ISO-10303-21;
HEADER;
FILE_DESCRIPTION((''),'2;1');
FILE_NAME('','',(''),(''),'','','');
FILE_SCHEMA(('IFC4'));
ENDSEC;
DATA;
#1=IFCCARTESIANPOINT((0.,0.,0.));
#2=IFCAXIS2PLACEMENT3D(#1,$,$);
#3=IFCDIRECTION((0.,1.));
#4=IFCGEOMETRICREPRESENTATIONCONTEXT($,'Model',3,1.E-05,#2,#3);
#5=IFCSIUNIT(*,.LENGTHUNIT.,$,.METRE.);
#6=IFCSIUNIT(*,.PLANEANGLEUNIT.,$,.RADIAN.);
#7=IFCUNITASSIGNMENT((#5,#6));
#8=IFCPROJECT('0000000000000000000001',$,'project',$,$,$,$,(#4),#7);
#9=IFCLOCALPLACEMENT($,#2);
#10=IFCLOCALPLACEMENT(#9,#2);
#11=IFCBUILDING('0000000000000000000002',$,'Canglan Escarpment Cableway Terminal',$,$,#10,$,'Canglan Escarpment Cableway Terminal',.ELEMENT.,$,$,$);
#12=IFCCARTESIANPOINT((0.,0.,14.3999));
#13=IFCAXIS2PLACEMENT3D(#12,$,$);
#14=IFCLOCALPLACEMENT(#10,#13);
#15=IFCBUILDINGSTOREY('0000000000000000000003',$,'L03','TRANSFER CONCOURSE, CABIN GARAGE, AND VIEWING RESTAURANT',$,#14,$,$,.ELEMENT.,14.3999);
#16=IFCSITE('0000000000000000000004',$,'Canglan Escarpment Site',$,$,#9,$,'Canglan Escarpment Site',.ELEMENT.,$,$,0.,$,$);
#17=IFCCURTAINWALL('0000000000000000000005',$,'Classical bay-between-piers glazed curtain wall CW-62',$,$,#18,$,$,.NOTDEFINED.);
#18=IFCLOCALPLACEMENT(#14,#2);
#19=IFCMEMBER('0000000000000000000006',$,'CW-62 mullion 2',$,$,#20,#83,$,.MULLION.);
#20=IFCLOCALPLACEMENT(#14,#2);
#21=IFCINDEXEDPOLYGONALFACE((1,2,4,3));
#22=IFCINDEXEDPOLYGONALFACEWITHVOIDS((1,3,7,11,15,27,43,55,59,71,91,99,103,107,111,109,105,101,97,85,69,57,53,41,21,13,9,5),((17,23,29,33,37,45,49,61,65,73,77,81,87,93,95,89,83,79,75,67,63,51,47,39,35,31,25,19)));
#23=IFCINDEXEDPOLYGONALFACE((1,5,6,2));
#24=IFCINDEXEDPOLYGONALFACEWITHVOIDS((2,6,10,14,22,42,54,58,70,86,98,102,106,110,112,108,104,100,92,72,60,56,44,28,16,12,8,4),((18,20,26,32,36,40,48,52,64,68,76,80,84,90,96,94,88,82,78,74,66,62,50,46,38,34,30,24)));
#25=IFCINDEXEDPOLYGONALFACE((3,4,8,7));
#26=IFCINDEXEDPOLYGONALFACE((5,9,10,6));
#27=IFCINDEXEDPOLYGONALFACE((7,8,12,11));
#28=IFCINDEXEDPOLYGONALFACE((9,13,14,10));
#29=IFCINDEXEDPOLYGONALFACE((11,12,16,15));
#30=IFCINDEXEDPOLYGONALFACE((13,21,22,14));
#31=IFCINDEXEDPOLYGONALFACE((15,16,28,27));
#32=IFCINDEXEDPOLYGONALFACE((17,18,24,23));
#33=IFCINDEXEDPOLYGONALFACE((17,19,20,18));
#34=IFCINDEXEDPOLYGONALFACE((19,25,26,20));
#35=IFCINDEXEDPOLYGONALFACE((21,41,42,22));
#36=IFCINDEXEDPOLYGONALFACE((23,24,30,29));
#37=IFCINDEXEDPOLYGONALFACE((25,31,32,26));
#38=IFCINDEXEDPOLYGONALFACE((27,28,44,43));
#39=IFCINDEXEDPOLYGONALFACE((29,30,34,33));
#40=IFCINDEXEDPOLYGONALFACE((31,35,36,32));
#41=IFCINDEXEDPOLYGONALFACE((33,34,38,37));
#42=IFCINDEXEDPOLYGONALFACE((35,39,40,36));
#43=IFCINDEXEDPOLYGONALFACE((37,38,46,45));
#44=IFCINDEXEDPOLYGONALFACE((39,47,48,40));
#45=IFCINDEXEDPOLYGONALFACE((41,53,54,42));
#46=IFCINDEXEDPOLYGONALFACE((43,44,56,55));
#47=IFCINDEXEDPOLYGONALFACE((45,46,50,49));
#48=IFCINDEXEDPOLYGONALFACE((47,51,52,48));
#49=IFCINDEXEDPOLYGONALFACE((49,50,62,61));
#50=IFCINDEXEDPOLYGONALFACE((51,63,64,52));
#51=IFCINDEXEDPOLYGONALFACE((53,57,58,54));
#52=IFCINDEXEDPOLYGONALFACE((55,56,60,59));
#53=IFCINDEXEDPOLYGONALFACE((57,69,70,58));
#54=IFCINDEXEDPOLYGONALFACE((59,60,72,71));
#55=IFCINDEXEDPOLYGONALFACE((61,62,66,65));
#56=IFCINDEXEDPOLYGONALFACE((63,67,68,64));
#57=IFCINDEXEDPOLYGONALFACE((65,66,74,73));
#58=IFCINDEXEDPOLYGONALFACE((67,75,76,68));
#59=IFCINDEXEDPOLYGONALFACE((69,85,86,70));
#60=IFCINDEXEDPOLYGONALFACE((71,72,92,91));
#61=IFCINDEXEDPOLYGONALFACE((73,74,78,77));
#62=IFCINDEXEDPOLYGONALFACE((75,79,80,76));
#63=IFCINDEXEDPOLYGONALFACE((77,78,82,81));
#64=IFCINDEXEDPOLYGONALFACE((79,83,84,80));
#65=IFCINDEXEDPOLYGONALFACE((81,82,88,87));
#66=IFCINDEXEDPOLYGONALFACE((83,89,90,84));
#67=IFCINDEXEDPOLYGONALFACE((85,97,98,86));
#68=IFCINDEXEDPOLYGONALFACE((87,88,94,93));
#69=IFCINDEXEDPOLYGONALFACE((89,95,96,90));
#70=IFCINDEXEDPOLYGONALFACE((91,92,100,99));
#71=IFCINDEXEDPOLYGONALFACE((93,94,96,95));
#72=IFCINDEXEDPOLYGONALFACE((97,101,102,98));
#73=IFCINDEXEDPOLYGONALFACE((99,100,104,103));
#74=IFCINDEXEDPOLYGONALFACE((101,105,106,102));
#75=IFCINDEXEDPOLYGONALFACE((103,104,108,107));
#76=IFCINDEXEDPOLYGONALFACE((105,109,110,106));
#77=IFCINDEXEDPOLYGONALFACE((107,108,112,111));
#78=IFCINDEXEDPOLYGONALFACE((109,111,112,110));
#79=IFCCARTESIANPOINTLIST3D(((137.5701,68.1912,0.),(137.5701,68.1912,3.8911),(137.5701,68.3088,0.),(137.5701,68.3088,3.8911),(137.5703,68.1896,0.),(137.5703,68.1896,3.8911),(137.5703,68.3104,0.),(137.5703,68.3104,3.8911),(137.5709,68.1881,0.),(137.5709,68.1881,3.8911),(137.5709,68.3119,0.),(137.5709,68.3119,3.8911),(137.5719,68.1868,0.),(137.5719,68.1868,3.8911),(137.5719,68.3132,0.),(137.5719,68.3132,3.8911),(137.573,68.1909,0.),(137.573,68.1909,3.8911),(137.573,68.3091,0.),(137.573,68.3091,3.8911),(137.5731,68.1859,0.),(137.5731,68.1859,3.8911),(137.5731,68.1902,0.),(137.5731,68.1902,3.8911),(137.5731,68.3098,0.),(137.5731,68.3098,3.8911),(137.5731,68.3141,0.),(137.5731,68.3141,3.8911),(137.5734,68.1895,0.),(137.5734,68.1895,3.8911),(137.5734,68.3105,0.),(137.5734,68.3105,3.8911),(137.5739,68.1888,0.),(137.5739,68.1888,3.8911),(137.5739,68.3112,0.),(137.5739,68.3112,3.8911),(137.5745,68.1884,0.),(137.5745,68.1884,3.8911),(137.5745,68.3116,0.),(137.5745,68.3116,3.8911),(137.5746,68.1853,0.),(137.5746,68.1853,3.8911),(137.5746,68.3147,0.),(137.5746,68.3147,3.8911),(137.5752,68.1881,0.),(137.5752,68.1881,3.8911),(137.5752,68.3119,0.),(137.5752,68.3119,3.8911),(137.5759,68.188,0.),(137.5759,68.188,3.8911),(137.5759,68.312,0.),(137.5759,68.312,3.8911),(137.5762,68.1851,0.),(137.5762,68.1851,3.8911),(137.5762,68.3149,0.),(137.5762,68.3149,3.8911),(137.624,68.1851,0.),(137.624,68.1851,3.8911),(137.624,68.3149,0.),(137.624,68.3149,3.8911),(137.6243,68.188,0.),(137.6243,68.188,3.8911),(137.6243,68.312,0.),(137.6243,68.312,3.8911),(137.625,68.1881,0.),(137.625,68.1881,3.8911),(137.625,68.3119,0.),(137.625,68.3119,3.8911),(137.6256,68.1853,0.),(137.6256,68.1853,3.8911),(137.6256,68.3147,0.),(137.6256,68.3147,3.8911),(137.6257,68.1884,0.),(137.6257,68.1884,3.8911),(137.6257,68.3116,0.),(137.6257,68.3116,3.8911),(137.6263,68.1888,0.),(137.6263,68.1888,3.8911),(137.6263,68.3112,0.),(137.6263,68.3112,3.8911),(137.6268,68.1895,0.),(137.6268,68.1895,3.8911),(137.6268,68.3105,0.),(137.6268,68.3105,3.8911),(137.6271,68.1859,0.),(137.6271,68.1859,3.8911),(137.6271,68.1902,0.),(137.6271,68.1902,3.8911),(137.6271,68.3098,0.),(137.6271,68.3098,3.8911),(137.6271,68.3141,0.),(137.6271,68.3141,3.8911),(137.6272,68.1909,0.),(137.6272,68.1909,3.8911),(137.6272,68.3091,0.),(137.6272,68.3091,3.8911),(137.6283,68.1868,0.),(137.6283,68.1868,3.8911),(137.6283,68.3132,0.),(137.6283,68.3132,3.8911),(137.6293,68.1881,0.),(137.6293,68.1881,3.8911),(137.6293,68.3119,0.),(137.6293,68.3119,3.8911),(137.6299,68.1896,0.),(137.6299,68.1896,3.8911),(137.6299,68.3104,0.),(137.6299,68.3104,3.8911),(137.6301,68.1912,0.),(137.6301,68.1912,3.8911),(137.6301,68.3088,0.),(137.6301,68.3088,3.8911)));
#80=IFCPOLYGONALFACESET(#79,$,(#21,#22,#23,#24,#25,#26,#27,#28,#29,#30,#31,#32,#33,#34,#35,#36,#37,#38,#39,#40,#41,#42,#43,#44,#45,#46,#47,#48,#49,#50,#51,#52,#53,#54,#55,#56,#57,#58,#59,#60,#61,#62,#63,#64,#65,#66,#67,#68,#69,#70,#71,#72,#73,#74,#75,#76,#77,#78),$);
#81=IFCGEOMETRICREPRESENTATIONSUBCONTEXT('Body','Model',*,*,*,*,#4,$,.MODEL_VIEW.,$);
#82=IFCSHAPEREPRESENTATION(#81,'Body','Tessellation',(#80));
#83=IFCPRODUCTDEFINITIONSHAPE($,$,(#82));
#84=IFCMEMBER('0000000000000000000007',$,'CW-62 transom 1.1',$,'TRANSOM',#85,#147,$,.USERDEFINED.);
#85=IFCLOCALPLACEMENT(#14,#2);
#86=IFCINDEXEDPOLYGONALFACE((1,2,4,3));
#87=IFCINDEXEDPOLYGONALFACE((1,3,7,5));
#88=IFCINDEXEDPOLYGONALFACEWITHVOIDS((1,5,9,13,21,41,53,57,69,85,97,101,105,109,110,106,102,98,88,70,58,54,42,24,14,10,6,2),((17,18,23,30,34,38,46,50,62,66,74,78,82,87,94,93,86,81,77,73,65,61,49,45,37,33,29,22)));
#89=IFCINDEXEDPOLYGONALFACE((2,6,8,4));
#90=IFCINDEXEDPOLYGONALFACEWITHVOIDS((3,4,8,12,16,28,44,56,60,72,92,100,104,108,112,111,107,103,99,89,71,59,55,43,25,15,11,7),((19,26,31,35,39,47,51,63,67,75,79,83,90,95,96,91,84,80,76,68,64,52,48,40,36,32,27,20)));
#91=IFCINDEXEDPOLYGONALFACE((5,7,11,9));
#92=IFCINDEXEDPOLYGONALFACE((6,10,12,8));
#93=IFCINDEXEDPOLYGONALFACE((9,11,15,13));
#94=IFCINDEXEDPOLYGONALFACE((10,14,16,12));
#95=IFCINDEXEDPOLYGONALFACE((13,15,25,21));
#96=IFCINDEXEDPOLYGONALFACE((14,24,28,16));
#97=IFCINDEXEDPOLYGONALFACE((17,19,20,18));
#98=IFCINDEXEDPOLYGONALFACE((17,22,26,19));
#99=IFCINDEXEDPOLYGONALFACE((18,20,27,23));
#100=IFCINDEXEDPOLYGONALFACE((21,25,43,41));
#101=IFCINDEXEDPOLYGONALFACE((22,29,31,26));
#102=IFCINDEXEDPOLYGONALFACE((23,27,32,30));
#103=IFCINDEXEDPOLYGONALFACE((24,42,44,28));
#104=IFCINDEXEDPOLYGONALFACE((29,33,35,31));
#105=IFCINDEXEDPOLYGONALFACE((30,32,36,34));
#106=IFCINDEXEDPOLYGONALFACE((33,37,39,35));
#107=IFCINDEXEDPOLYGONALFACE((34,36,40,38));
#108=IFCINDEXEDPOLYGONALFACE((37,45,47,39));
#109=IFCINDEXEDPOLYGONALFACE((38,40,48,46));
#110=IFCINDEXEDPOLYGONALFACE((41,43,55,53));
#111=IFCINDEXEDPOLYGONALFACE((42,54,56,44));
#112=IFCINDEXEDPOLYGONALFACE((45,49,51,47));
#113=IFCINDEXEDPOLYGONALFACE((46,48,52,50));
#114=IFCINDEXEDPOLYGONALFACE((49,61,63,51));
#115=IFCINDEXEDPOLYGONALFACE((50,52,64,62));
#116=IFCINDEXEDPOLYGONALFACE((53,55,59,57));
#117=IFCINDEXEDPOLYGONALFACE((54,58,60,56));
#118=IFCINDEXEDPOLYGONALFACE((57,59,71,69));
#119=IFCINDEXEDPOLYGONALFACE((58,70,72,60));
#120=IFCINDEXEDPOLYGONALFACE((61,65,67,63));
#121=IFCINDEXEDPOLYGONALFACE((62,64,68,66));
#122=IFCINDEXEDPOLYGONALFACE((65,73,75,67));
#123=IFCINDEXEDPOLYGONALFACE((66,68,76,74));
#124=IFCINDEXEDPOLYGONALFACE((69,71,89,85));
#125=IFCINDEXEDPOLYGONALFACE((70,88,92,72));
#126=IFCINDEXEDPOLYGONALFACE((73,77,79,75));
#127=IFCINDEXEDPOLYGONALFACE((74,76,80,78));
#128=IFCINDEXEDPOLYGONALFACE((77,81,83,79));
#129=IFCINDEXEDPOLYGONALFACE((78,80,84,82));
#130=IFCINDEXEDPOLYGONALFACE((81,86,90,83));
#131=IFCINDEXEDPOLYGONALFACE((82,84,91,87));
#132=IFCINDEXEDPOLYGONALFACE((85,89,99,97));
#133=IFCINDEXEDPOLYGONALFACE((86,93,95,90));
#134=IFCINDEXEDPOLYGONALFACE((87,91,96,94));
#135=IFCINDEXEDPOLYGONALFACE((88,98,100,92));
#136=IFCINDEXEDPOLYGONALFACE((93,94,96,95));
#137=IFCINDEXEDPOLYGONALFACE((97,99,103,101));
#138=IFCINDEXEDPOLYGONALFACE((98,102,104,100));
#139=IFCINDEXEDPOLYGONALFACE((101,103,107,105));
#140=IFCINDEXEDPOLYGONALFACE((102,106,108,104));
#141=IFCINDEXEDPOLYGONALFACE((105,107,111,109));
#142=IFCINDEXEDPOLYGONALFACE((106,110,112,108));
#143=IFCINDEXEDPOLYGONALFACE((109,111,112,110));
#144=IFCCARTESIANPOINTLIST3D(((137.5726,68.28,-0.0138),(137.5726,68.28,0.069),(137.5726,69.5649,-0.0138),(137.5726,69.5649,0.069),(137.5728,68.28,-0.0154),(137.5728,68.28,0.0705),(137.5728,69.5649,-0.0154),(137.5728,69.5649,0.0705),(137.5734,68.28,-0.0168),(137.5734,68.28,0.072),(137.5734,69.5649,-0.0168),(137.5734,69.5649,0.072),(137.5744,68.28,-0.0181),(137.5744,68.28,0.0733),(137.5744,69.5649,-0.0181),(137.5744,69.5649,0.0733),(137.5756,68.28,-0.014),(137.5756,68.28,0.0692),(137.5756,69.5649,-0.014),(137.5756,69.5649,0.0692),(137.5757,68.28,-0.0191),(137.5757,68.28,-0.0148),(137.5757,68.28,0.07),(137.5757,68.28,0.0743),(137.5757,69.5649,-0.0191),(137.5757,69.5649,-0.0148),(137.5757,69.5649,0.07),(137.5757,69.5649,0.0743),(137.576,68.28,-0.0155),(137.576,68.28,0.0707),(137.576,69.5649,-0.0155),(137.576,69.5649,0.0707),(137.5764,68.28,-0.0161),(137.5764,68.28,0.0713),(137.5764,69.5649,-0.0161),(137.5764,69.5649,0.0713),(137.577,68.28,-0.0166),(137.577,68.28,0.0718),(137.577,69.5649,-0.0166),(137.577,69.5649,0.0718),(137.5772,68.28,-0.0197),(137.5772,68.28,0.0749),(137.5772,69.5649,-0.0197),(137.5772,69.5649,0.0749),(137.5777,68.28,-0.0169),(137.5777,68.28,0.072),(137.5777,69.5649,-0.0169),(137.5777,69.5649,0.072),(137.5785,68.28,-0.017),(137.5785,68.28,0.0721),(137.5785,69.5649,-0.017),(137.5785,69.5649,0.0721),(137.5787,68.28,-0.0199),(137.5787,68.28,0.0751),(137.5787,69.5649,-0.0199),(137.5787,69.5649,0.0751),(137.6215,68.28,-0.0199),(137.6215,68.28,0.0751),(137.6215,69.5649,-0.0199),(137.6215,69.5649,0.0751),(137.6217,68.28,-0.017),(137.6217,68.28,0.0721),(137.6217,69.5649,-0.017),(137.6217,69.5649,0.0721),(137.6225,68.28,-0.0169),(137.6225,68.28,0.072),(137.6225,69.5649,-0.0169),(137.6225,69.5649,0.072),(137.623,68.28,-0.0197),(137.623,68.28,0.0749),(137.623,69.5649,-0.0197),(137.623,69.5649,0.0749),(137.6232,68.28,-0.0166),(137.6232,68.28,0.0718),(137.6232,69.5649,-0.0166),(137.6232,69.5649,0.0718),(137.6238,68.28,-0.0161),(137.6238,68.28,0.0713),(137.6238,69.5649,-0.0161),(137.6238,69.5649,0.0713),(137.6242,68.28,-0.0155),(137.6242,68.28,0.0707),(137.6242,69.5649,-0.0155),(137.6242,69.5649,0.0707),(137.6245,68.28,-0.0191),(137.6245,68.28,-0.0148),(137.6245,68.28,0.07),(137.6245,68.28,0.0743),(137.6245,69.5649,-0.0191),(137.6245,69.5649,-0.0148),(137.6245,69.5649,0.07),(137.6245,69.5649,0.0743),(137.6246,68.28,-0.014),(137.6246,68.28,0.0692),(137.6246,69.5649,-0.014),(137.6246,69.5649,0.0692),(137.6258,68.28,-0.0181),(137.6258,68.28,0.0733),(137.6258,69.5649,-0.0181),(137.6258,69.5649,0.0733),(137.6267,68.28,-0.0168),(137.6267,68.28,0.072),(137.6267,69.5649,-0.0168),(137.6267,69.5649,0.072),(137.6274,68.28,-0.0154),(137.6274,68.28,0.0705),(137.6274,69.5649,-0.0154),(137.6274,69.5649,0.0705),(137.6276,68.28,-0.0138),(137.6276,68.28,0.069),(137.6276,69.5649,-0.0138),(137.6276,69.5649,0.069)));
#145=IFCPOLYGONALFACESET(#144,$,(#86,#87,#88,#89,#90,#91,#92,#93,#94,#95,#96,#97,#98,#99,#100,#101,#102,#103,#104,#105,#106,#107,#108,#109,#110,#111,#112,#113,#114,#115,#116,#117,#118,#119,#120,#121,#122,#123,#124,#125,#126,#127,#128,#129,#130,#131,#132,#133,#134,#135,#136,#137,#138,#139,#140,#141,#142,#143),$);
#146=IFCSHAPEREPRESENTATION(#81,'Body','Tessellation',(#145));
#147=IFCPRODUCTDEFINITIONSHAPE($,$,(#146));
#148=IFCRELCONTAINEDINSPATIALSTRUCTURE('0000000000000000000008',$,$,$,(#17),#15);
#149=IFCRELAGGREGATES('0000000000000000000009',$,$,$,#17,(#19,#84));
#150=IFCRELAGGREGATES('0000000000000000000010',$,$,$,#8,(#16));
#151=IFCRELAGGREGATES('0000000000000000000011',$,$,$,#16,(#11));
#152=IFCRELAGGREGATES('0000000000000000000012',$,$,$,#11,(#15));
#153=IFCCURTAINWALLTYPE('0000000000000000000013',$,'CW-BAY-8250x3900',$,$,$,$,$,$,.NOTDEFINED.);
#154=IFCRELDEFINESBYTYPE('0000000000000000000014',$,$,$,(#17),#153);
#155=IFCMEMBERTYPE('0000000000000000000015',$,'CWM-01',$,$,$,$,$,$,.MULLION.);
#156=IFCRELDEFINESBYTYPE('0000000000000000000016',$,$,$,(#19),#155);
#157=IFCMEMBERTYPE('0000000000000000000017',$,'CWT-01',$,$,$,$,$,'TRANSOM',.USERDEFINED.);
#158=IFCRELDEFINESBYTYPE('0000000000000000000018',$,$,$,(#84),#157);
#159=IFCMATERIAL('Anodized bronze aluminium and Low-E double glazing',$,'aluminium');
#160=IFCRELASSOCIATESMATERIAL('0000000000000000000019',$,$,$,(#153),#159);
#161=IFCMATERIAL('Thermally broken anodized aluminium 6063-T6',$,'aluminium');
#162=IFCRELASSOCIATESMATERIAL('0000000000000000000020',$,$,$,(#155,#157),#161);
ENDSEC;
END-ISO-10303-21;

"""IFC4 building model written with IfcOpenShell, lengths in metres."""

from ifc_helpers import new_model, si_unit, direction, frame, origin, origin_2d, place, context, subcontext, project, spatial, hollow_rectangle, extrude, material, material_profile, profile_set, type_object, element, aggregate, save


model = new_model("IFC4")

# Units and contexts
model_context = context("Model", 3, precision=1e-05, world=origin(), true_north=direction((0.0, 1.0)))
body_context = subcontext(model_context, "Body", "Model", "MODEL_VIEW")
ifc_project = project(units=[si_unit("LENGTHUNIT", "METRE"), si_unit("PLANEANGLEUNIT", "RADIAN")], contexts=[model_context])

# Site, building, storey
site_placement = place(None, origin())
site = spatial("IfcSite", under=ifc_project, at=site_placement, Name="Canglan Escarpment Site", LongName="Canglan Escarpment Site", CompositionType="ELEMENT", RefElevation=0.0)
building_placement = place(site_placement, origin())
building = spatial("IfcBuilding", under=site, at=building_placement, Name="Canglan Escarpment Cableway Terminal", LongName="Canglan Escarpment Cableway Terminal", CompositionType="ELEMENT")
storey_placement = place(building_placement, frame((0.0, 0.0, 14.3999)))
storey = spatial("IfcBuildingStorey", under=building, at=storey_placement, Name="L03", Description="TRANSFER CONCOURSE, CABIN GARAGE, AND VIEWING RESTAURANT", CompositionType="ELEMENT", Elevation=14.3999)

# Curtain wall, members
ifc_material_1 = material(Name="Anodized bronze aluminium and Low-E double glazing", Category="aluminium")
curtain_wall_type = type_object("IfcCurtainWallType", Name="CW-BAY-8250x3900", PredefinedType="NOTDEFINED", material=ifc_material_1)
curtain_wall_placement = place(storey_placement, origin())
curtain_wall = element("IfcCurtainWall", 1, at=curtain_wall_placement, inside=storey, type_object=curtain_wall_type, Name="Classical bay-between-piers glazed curtain wall CW-62", PredefinedType="NOTDEFINED")
ifc_material_2 = material(Name="Thermally broken anodized aluminium 6063-T6", Category="aluminium")
ifc_material_profile_1 = material_profile(ifc_material_2, hollow_rectangle(XDim=0.0601, YDim=0.1299, WallThickness=0.0029, InnerFilletRadius=0.0029, OuterFilletRadius=0.0061, at=origin_2d()), Name="ALU-MULL 60x130x3")
ifc_profile_set_1 = profile_set([ifc_material_profile_1], Name="Thermally broken anodized aluminium 6063-T6")
member_type_1 = type_object("IfcMemberType", Name="CWM-01", PredefinedType="MULLION", material=ifc_profile_set_1)
member_1_placement = place(storey_placement, frame((137.6001, 68.25, 0.0), z_axis=(0.0, 0.0, 1.0), x_axis=(1.0, 0.0, 0.0)))
member_1 = element("IfcMember", 2, at=member_1_placement, type_object=member_type_1, Name="CW-62 mullion 2", PredefinedType="MULLION", context=body_context, shape_type="SweptSolid", body=[
    extrude(hollow_rectangle(XDim=0.0601, YDim=0.1299, WallThickness=0.0029, InnerFilletRadius=0.0029, OuterFilletRadius=0.0061, at=origin_2d()), origin(), (0.0, 0.0, 1.0), 3.8911),
])
ifc_material_profile_2 = material_profile(ifc_material_2, hollow_rectangle(XDim=0.0549, YDim=0.095, WallThickness=0.0029, InnerFilletRadius=0.0029, OuterFilletRadius=0.0061, at=origin_2d()), Name="ALU-TRAN 55x95x3")
ifc_profile_set_2 = profile_set([ifc_material_profile_2], Name="Thermally broken anodized aluminium 6063-T6")
member_type_2 = type_object("IfcMemberType", Name="CWT-01", ElementType="TRANSOM", PredefinedType="USERDEFINED", material=ifc_profile_set_2)
member_2_placement = place(storey_placement, frame((137.6001, 69.5649, 0.0276), z_axis=(0.0, -1.0, 0.0), x_axis=(1.0, 0.0, 0.0)))
member_2 = element("IfcMember", 3, at=member_2_placement, type_object=member_type_2, Name="CW-62 transom 1.1", ObjectType="TRANSOM", PredefinedType="USERDEFINED", context=body_context, shape_type="SweptSolid", body=[
    extrude(hollow_rectangle(XDim=0.0549, YDim=0.095, WallThickness=0.0029, InnerFilletRadius=0.0029, OuterFilletRadius=0.0061, at=origin_2d()), origin(), (0.0, 0.0, 1.0), 1.2849),
])

aggregate(curtain_wall, [member_1, member_2])

save(model, "model.ifc")
